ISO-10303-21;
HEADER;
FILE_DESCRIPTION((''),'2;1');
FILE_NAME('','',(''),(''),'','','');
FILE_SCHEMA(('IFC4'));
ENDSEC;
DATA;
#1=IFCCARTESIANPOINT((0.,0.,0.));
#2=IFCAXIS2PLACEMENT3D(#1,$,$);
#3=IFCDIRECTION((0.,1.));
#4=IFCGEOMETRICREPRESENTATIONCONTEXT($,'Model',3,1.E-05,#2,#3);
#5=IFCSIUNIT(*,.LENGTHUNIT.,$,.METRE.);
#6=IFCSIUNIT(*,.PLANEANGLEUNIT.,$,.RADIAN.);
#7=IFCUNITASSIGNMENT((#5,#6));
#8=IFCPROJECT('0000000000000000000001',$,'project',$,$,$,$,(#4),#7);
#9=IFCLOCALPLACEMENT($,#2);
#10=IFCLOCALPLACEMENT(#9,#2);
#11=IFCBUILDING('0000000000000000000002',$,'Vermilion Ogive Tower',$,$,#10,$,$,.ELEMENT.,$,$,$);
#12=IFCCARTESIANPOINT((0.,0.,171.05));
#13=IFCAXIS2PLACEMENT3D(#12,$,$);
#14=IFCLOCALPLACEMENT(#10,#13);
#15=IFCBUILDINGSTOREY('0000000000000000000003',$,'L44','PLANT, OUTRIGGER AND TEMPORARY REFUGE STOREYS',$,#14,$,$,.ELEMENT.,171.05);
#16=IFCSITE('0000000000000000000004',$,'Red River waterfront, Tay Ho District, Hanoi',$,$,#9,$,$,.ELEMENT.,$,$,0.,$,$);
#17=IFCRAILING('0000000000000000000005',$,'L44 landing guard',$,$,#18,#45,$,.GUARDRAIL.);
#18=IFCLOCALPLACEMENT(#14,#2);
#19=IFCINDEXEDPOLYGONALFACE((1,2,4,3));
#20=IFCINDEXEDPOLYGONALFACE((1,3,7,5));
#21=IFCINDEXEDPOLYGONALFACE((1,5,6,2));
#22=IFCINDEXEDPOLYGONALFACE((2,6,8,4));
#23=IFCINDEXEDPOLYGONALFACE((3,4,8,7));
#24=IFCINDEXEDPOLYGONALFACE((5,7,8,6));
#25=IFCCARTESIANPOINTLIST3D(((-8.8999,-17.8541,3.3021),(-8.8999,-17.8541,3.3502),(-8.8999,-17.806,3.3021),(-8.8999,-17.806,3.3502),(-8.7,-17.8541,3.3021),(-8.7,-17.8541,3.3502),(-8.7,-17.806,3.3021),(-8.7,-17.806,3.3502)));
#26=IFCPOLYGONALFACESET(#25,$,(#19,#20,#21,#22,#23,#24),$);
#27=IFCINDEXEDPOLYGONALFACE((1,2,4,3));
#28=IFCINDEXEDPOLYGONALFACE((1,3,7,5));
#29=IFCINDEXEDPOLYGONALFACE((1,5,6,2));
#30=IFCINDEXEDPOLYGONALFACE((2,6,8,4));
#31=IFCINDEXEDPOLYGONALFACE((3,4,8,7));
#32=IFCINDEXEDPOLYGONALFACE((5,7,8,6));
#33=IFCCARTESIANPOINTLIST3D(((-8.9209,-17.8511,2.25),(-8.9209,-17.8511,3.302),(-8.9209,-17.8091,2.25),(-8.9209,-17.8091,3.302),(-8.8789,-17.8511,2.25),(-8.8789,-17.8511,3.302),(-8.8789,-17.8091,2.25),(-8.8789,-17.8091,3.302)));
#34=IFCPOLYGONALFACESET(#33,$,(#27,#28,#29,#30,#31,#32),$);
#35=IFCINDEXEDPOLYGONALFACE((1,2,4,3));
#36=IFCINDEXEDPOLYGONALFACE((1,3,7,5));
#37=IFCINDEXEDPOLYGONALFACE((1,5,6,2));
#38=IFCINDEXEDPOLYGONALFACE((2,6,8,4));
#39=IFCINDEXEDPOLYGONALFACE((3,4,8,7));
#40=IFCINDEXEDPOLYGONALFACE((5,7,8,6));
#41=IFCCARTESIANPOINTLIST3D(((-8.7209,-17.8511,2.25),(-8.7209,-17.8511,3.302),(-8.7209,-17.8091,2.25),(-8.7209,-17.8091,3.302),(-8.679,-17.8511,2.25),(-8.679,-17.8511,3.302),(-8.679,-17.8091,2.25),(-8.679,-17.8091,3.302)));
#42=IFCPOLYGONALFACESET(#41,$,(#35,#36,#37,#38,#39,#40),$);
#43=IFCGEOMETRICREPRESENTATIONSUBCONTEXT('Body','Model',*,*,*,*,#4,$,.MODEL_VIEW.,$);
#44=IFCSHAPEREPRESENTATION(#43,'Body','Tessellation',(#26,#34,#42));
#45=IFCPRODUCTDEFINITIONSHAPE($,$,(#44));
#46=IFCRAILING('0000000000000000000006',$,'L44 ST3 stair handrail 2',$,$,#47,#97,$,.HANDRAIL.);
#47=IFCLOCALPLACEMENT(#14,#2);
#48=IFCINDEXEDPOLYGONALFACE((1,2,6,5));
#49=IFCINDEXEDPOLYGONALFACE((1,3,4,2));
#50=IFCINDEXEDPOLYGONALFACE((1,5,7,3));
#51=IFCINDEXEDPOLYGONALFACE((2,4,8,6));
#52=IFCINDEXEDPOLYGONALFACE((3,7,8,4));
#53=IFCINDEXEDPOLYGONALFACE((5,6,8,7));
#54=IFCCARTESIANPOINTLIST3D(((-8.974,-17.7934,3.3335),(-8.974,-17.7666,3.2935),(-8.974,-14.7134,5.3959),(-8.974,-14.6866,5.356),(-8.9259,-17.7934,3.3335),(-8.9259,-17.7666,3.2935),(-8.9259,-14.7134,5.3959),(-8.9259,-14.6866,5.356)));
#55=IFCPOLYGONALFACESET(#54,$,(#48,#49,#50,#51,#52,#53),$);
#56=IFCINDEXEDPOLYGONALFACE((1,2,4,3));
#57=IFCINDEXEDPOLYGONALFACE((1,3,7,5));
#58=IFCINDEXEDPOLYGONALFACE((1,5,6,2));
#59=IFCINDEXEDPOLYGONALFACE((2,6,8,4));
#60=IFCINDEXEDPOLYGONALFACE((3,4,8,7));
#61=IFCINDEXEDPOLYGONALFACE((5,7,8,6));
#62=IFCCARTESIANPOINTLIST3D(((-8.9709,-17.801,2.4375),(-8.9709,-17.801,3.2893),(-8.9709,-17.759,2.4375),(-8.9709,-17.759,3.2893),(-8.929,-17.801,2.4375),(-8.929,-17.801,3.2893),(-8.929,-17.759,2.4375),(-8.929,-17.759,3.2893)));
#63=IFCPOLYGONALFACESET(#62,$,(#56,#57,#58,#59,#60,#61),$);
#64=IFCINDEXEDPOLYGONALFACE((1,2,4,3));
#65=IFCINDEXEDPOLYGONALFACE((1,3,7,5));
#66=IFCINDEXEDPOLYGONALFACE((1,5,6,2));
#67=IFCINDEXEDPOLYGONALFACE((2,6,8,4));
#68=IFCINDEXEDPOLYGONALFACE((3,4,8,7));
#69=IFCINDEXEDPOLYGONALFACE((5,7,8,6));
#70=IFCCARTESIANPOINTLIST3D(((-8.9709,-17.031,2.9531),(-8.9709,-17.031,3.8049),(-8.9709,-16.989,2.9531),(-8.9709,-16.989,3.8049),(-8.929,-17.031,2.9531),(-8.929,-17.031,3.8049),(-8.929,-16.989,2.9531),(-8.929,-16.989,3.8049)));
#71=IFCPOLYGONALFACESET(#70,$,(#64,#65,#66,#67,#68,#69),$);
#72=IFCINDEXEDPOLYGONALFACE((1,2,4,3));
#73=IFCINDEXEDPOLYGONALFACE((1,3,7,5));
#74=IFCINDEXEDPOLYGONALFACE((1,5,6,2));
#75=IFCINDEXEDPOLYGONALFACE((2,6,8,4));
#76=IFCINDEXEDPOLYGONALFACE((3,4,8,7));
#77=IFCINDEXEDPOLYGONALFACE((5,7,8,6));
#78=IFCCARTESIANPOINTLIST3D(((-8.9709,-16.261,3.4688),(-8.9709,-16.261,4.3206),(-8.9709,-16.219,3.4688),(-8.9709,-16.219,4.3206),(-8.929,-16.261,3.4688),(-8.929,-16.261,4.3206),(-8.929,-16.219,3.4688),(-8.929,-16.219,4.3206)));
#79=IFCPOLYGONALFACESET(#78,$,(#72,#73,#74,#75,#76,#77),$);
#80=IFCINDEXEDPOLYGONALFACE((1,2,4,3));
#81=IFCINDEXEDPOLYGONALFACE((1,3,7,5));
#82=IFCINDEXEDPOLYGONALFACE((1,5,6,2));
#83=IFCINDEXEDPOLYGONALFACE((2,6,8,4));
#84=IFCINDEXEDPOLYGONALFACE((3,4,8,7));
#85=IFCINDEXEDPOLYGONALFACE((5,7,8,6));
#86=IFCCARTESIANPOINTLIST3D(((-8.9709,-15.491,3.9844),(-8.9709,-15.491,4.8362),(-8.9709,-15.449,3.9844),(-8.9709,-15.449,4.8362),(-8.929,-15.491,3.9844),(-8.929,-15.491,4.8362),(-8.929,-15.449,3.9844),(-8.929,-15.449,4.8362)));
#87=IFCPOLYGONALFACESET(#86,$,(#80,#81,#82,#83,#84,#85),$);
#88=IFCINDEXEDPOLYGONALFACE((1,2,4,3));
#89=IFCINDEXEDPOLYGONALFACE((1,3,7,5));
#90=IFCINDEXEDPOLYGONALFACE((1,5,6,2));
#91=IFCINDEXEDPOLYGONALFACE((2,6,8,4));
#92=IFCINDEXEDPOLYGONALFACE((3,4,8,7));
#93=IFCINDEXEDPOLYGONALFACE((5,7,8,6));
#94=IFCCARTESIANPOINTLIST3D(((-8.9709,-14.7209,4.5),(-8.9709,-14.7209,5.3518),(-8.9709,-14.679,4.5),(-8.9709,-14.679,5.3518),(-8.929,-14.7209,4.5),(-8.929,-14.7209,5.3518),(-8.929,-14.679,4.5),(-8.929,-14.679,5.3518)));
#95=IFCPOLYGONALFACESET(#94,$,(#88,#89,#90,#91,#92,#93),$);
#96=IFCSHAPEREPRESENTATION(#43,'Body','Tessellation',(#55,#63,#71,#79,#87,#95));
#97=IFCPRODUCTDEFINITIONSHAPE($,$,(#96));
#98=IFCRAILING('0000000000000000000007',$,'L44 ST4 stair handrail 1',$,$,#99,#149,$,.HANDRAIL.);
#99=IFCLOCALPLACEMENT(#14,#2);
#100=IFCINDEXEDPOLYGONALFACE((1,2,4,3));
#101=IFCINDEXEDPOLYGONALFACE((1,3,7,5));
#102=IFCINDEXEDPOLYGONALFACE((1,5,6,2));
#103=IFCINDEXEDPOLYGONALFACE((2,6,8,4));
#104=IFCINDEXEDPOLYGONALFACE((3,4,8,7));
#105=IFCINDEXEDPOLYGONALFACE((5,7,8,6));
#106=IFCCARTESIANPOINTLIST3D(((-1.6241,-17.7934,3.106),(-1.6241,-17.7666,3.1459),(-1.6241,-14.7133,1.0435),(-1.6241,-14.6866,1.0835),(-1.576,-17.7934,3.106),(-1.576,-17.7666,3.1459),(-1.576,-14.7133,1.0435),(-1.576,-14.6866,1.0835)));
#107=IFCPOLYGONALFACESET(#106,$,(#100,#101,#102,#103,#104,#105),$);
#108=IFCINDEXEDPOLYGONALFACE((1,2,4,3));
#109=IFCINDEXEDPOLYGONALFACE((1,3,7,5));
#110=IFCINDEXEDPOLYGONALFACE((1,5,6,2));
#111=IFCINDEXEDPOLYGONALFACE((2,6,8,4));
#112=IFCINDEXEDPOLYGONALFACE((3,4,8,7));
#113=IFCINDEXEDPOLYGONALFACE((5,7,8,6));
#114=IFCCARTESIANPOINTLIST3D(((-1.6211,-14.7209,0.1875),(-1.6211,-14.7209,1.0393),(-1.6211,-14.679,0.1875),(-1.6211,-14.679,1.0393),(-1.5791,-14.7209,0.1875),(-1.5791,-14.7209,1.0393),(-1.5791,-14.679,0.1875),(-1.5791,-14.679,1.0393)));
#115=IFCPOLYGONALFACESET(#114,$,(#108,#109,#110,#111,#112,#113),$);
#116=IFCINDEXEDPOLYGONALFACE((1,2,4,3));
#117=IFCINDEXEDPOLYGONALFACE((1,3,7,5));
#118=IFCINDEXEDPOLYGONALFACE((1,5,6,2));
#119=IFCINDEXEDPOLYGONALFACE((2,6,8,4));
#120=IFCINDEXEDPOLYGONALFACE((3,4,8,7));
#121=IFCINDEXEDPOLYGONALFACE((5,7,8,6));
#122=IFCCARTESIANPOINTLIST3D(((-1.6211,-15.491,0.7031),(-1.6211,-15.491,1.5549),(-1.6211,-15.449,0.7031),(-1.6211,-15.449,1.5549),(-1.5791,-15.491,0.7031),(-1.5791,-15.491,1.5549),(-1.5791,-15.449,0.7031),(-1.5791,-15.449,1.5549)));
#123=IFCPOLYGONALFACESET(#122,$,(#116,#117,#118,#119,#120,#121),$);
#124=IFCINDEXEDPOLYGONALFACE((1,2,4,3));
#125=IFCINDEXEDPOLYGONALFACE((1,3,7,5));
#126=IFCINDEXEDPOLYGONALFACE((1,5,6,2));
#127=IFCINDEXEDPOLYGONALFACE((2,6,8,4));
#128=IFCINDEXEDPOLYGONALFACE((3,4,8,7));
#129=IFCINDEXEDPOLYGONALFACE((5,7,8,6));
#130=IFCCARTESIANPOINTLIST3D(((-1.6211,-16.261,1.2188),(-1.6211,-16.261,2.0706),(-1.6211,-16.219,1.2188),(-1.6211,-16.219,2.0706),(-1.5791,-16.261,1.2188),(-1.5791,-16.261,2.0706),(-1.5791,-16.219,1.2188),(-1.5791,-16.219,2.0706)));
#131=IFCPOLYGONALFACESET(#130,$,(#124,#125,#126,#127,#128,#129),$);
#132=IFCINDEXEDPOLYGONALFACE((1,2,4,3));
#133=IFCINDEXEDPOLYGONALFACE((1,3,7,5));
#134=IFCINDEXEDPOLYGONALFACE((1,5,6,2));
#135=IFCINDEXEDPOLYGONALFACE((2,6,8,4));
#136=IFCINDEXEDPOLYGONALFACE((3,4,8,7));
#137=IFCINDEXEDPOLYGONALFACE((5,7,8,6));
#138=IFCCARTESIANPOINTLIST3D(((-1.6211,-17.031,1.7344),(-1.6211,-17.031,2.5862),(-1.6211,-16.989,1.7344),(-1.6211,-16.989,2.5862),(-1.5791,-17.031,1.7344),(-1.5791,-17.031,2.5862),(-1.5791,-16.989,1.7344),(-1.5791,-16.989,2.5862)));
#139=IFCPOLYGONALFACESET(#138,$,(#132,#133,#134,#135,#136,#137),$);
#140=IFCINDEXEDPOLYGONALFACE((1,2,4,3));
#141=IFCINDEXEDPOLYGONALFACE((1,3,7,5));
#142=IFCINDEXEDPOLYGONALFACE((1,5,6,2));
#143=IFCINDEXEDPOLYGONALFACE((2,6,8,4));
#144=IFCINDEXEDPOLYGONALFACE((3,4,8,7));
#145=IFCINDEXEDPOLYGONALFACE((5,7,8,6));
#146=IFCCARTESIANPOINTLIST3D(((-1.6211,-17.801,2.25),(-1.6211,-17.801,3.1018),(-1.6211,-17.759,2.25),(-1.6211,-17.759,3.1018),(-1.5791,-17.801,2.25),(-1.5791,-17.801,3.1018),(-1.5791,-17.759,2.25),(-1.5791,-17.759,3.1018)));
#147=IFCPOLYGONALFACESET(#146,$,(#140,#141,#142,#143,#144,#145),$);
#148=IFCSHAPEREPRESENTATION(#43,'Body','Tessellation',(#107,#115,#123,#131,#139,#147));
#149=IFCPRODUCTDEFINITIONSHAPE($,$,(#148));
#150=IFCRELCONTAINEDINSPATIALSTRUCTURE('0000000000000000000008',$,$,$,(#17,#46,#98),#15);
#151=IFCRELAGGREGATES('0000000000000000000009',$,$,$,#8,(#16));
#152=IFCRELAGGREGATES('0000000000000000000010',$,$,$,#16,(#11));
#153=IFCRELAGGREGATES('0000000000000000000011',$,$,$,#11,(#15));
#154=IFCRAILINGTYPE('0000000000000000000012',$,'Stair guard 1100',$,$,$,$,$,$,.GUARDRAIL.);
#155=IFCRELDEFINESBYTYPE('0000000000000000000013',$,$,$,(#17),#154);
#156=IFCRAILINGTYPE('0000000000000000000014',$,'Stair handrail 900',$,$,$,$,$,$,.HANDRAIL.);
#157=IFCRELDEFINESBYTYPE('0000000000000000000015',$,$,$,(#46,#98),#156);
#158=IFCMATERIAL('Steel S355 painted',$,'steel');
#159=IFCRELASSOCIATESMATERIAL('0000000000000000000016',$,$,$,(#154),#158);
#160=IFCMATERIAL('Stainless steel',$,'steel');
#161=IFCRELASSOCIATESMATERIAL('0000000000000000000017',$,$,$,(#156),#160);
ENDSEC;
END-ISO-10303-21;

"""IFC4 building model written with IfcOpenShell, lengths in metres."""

from ifc_helpers import new_model, si_unit, direction, frame, origin, origin_2d, place, context, subcontext, project, spatial, rectangle, extrude, material, type_object, element, save


model = new_model("IFC4")

# Units and contexts
model_context = context("Model", 3, precision=1e-05, world=origin(), true_north=direction((0.0, 1.0)))
body_context = subcontext(model_context, "Body", "Model", "MODEL_VIEW")
ifc_project = project(units=[si_unit("LENGTHUNIT", "METRE"), si_unit("PLANEANGLEUNIT", "RADIAN")], contexts=[model_context])

# Site, building, storey
site_placement = place(None, origin())
site = spatial("IfcSite", under=ifc_project, at=site_placement, Name="Red River waterfront, Tay Ho District, Hanoi", CompositionType="ELEMENT", RefElevation=0.0)
building_placement = place(site_placement, origin())
building = spatial("IfcBuilding", under=site, at=building_placement, Name="Vermilion Ogive Tower", CompositionType="ELEMENT")
storey_placement = place(building_placement, frame((0.0, 0.0, 171.05)))
storey = spatial("IfcBuildingStorey", under=building, at=storey_placement, Name="L44", Description="PLANT, OUTRIGGER AND TEMPORARY REFUGE STOREYS", CompositionType="ELEMENT", Elevation=171.05)

# Railings
ifc_material_1 = material(Name="Steel S355 painted", Category="steel")
railing_type_1 = type_object("IfcRailingType", Name="Stair guard 1100", PredefinedType="GUARDRAIL", material=ifc_material_1)
railing_1_placement = place(storey_placement, frame((-8.8999, -17.8301, 2.25)))
element("IfcRailing", 1, at=railing_1_placement, inside=storey, type_object=railing_type_1, Name="L44 landing guard", PredefinedType="GUARDRAIL", context=body_context, shape_type="SweptSolid", body=[
    extrude(rectangle(XDim=0.0481, YDim=0.0481, at=origin_2d()), frame((0.0, 0.0, 1.0762), z_axis=(1.0, 0.0, 0.0), x_axis=(0.0, 1.0, 0.0)), (0.0, 0.0, 1.0), 0.2),
    extrude(rectangle(XDim=0.042, YDim=0.042, at=origin_2d()), origin(), (0.0, 0.0, 1.0), 1.052),
    extrude(rectangle(XDim=0.042, YDim=0.042, at=origin_2d()), frame((0.2, 0.0, 0.0)), (0.0, 0.0, 1.0), 1.052),
])
ifc_material_2 = material(Name="Stainless steel", Category="steel")
railing_type_2 = type_object("IfcRailingType", Name="Stair handrail 900", PredefinedType="HANDRAIL", material=ifc_material_2)
railing_2_placement = place(storey_placement, frame((-8.95, -17.78, 2.4375)))
element("IfcRailing", 2, at=railing_2_placement, inside=storey, type_object=railing_type_2, Name="L44 ST3 stair handrail 2", PredefinedType="HANDRAIL", context=body_context, shape_type="SweptSolid", body=[
    extrude(rectangle(XDim=0.0481, YDim=0.0481, at=origin_2d()), frame((0.0, 0.0, 0.876), z_axis=(0.0, 0.830914, 0.556401), x_axis=(-1.0, 0.0, 0.0)), (0.0, 0.0, 1.0), 3.7068),
    extrude(rectangle(XDim=0.042, YDim=0.042, at=origin_2d()), origin(), (0.0, 0.0, 1.0), 0.8518),
    extrude(rectangle(XDim=0.042, YDim=0.042, at=origin_2d()), frame((0.0, 0.77, 0.5156)), (0.0, 0.0, 1.0), 0.8518),
    extrude(rectangle(XDim=0.042, YDim=0.042, at=origin_2d()), frame((0.0, 1.54, 1.0312)), (0.0, 0.0, 1.0), 0.8518),
    extrude(rectangle(XDim=0.042, YDim=0.042, at=origin_2d()), frame((0.0, 2.3101, 1.5469)), (0.0, 0.0, 1.0), 0.8518),
    extrude(rectangle(XDim=0.042, YDim=0.042, at=origin_2d()), frame((0.0, 3.0801, 2.0625)), (0.0, 0.0, 1.0), 0.8518),
])
railing_3_placement = place(storey_placement, frame((-1.6001, -14.7, 0.1875)))
element("IfcRailing", 3, at=railing_3_placement, inside=storey, type_object=railing_type_2, Name="L44 ST4 stair handrail 1", PredefinedType="HANDRAIL", context=body_context, shape_type="SweptSolid", body=[
    extrude(rectangle(XDim=0.0481, YDim=0.0481, at=origin_2d()), frame((0.0, 0.0, 0.876), z_axis=(0.0, -0.830914, 0.556401), x_axis=(1.0, 0.0, 0.0)), (0.0, 0.0, 1.0), 3.7068),
    extrude(rectangle(XDim=0.042, YDim=0.042, at=origin_2d()), origin(), (0.0, 0.0, 1.0), 0.8518),
    extrude(rectangle(XDim=0.042, YDim=0.042, at=origin_2d()), frame((0.0, -0.77, 0.5156)), (0.0, 0.0, 1.0), 0.8518),
    extrude(rectangle(XDim=0.042, YDim=0.042, at=origin_2d()), frame((0.0, -1.54, 1.0312)), (0.0, 0.0, 1.0), 0.8518),
    extrude(rectangle(XDim=0.042, YDim=0.042, at=origin_2d()), frame((0.0, -2.3101, 1.5469)), (0.0, 0.0, 1.0), 0.8518),
    extrude(rectangle(XDim=0.042, YDim=0.042, at=origin_2d()), frame((0.0, -3.0801, 2.0625)), (0.0, 0.0, 1.0), 0.8518),
])

save(model, "model.ifc")
